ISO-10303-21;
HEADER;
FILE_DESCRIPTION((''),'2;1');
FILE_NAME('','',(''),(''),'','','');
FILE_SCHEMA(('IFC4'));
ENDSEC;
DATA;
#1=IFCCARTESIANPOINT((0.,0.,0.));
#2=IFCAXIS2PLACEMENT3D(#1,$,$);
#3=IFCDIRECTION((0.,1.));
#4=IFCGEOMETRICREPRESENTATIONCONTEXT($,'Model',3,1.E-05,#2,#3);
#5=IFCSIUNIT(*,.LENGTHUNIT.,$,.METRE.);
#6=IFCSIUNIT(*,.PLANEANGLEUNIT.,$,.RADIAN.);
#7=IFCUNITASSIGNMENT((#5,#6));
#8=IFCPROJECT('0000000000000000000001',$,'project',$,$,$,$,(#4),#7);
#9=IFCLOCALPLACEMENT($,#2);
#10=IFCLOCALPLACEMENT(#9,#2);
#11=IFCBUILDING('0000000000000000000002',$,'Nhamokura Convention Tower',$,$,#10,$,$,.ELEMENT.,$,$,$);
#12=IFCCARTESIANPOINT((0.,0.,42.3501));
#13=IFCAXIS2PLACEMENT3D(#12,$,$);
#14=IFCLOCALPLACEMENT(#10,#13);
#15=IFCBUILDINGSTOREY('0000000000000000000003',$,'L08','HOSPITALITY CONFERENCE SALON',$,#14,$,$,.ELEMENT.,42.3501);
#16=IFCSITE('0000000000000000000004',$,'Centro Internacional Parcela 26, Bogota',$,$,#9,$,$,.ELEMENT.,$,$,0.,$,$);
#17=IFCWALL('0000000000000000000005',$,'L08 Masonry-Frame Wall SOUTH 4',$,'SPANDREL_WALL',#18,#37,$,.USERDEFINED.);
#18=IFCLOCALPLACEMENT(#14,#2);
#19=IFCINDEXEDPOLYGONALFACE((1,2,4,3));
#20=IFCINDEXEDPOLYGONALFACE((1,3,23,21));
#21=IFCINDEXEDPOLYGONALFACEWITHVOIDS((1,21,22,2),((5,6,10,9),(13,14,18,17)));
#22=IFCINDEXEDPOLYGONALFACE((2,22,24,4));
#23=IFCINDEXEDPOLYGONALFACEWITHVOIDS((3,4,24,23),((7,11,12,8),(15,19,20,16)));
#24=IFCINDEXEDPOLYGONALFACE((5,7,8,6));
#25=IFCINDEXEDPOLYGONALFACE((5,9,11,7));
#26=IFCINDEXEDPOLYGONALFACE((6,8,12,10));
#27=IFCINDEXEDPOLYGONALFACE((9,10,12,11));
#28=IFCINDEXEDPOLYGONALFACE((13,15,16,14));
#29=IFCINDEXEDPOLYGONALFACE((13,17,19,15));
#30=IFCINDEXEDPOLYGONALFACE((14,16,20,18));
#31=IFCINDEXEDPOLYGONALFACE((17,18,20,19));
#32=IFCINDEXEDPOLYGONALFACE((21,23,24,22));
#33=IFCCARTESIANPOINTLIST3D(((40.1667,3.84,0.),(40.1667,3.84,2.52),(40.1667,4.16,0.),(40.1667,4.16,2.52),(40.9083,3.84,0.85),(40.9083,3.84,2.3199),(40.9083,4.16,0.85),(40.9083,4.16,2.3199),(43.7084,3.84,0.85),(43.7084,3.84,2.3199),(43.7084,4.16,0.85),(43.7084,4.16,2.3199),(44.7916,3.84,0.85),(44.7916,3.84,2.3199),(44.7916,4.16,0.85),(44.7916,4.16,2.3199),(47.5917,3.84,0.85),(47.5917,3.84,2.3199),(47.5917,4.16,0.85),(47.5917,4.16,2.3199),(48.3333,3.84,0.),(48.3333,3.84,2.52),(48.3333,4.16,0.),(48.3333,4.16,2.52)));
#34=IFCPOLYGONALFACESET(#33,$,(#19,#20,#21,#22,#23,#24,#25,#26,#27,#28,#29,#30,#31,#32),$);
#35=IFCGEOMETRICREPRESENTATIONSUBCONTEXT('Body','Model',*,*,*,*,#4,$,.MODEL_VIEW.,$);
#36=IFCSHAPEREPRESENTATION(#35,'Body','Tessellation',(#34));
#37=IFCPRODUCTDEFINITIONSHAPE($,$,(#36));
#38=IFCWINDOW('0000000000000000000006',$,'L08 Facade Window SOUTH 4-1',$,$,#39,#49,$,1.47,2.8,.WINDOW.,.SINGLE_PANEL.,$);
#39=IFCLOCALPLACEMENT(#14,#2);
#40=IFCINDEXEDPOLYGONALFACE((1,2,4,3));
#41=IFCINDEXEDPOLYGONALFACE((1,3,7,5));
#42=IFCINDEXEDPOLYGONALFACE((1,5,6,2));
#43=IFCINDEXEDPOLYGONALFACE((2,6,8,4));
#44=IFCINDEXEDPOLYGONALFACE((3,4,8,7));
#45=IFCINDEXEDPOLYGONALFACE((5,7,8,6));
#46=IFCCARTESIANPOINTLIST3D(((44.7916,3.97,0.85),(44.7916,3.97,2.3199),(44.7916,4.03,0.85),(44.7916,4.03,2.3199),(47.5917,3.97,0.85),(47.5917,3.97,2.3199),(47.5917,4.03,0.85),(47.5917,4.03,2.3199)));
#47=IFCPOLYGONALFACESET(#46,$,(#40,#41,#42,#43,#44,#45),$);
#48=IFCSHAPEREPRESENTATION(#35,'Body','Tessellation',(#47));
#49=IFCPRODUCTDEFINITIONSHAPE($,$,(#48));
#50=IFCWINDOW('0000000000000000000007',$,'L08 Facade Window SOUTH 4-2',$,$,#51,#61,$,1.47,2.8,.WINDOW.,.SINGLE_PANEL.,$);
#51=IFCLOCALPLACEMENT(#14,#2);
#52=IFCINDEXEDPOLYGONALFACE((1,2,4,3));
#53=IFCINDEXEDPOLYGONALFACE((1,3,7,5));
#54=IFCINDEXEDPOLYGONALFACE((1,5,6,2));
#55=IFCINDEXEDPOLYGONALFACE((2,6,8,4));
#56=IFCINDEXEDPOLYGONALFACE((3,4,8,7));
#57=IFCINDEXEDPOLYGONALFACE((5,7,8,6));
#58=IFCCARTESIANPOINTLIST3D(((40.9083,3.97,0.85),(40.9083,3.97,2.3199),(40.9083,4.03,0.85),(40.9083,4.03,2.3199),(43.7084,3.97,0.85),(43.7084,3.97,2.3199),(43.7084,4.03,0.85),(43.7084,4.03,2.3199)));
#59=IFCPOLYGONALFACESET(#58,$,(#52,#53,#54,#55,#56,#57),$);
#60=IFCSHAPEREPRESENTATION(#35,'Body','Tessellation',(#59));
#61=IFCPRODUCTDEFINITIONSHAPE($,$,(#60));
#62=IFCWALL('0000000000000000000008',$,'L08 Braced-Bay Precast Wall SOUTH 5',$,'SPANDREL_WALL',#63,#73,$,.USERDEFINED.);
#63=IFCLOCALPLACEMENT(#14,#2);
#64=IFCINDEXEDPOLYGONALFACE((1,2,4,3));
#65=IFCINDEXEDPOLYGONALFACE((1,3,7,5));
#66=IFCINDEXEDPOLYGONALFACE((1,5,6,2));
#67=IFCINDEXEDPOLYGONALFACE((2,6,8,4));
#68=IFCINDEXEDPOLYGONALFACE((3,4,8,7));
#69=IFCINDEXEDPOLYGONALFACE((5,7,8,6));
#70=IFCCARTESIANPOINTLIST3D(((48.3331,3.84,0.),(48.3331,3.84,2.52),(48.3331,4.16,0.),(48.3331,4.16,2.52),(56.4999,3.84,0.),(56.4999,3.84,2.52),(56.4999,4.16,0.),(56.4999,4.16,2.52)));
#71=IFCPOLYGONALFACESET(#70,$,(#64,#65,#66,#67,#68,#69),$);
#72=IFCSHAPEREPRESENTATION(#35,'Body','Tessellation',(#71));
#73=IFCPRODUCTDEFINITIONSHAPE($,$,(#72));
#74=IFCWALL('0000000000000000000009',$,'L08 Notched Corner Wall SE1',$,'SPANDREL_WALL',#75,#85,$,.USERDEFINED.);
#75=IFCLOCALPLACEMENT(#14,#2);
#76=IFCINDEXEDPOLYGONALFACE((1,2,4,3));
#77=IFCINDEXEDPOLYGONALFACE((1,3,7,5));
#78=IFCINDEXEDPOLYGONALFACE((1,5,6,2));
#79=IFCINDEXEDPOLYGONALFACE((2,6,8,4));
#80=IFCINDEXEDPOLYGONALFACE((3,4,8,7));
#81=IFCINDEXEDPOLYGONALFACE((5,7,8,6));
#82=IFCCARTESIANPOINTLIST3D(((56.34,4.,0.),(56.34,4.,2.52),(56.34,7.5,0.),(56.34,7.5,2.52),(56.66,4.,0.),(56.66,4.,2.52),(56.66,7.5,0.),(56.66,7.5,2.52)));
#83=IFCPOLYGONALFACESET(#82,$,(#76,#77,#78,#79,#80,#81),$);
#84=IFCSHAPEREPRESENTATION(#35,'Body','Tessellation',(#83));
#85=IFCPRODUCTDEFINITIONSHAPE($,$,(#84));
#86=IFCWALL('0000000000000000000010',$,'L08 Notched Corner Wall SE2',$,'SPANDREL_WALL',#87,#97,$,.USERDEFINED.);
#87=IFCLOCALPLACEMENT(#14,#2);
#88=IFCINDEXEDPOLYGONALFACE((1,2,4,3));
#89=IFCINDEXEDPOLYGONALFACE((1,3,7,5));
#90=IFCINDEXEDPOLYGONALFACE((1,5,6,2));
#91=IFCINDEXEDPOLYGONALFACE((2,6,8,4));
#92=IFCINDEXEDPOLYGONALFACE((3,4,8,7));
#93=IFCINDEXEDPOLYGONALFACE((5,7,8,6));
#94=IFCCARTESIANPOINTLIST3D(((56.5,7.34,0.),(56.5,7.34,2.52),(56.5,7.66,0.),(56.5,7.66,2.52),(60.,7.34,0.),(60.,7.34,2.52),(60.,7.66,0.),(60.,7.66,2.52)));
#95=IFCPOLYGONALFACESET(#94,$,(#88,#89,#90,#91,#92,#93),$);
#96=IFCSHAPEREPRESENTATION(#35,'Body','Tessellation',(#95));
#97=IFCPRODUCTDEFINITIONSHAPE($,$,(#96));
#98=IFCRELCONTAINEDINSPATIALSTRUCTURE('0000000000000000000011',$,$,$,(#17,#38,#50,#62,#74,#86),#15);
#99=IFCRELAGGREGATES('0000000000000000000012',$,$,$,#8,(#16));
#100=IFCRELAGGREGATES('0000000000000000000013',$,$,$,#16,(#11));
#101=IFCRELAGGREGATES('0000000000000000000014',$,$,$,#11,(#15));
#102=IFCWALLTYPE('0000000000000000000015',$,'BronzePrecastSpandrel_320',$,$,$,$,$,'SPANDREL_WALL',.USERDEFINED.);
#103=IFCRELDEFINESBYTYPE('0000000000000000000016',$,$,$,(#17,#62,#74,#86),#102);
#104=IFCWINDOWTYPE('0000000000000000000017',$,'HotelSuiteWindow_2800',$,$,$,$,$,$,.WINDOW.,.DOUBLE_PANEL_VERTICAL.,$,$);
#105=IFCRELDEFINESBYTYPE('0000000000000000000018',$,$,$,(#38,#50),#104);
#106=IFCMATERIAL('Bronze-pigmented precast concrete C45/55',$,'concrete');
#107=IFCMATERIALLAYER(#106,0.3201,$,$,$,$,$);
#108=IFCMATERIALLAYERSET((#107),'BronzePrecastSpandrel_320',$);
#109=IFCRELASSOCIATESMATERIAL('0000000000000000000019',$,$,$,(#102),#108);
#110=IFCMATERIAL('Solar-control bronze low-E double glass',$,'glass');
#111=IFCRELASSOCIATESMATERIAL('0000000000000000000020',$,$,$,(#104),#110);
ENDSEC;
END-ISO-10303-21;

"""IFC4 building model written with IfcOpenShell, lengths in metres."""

from ifc_helpers import new_model, si_unit, direction, frame, frame_2d, origin, place, context, subcontext, project, spatial, rectangle, extrude, material, layer, layer_set, type_object, element, fill, save


model = new_model("IFC4")

# Units and contexts
model_context = context("Model", 3, precision=1e-05, world=origin(), true_north=direction((0.0, 1.0)))
body_context = subcontext(model_context, "Body", "Model", "MODEL_VIEW")
ifc_project = project(units=[si_unit("LENGTHUNIT", "METRE"), si_unit("PLANEANGLEUNIT", "RADIAN")], contexts=[model_context])

# Site, building, storey
site_placement = place(None, origin())
site = spatial("IfcSite", under=ifc_project, at=site_placement, Name="Centro Internacional Parcela 26, Bogota", CompositionType="ELEMENT", RefElevation=0.0)
building_placement = place(site_placement, origin())
building = spatial("IfcBuilding", under=site, at=building_placement, Name="Nhamokura Convention Tower", CompositionType="ELEMENT")
storey_placement = place(building_placement, frame((0.0, 0.0, 42.3501)))
storey = spatial("IfcBuildingStorey", under=building, at=storey_placement, Name="L08", Description="HOSPITALITY CONFERENCE SALON", CompositionType="ELEMENT", Elevation=42.3501)

# Wall, openings, windows
ifc_material_1 = material(Name="Bronze-pigmented precast concrete C45/55", Category="concrete")
ifc_layer = layer(ifc_material_1, 0.3201)
ifc_layer_set = layer_set([ifc_layer], Name="BronzePrecastSpandrel_320")
wall_type = type_object("IfcWallType", Name="BronzePrecastSpandrel_320", ElementType="SPANDREL_WALL", PredefinedType="USERDEFINED", material=ifc_layer_set)
wall_1_placement = place(storey_placement, frame((48.3333, 4.0, 0.0), z_axis=(0.0, 0.0, 1.0), x_axis=(-1.0, 0.0, 0.0)))
wall_1 = element("IfcWall", 1, at=wall_1_placement, inside=storey, type_object=wall_type, Name="L08 Masonry-Frame Wall SOUTH 4", ObjectType="SPANDREL_WALL", PredefinedType="USERDEFINED", context=body_context, shape_type="SweptSolid", body=[
    extrude(rectangle(XDim=8.1665, YDim=0.3201, at=frame_2d((4.0833, 0.0))), origin(), (0.0, 0.0, 1.0), 2.52),
])
opening_1_placement = place(wall_1_placement, frame((0.7417, 0.0, 0.8501)))
opening_1 = element("IfcOpeningElement", 2, at=opening_1_placement, cuts=wall_1, PredefinedType="OPENING", context=body_context, shape_type="SweptSolid", body=[
    extrude(rectangle(XDim=2.8, YDim=1.47, at=frame_2d((1.3999, 0.7349))), frame((0.0, 0.1699, 0.0), z_axis=(0.0, -1.0, 0.0), x_axis=(1.0, 0.0, 0.0)), (0.0, 0.0, 1.0), 0.3401),
])
opening_2_placement = place(wall_1_placement, frame((4.625, 0.0, 0.8501)))
opening_2 = element("IfcOpeningElement", 3, at=opening_2_placement, cuts=wall_1, PredefinedType="OPENING", context=body_context, shape_type="SweptSolid", body=[
    extrude(rectangle(XDim=2.8, YDim=1.47, at=frame_2d((1.3999, 0.7349))), frame((0.0, 0.1699, 0.0), z_axis=(0.0, -1.0, 0.0), x_axis=(1.0, 0.0, 0.0)), (0.0, 0.0, 1.0), 0.3401),
])
ifc_material_2 = material(Name="Solar-control bronze low-E double glass", Category="glass")
window_type = type_object("IfcWindowType", Name="HotelSuiteWindow_2800", PartitioningType="DOUBLE_PANEL_VERTICAL", PredefinedType="WINDOW", material=ifc_material_2)
window_1_placement = place(opening_1_placement, origin())
window_1 = element("IfcWindow", 4, at=window_1_placement, inside=storey, type_object=window_type, Name="L08 Facade Window SOUTH 4-1", OverallHeight=1.47, OverallWidth=2.8, PartitioningType="SINGLE_PANEL", PredefinedType="WINDOW", context=body_context, shape_type="SweptSolid", body=[
    extrude(rectangle(XDim=2.8, YDim=1.47, at=frame_2d((1.3999, 0.7349))), frame((0.0, 0.03, 0.0), z_axis=(0.0, -1.0, 0.0), x_axis=(1.0, 0.0, 0.0)), (0.0, 0.0, 1.0), 0.0601),
])
fill(opening_1, window_1)
window_2_placement = place(opening_2_placement, origin())
window_2 = element("IfcWindow", 5, at=window_2_placement, inside=storey, type_object=window_type, Name="L08 Facade Window SOUTH 4-2", OverallHeight=1.47, OverallWidth=2.8, PartitioningType="SINGLE_PANEL", PredefinedType="WINDOW", context=body_context, shape_type="SweptSolid", body=[
    extrude(rectangle(XDim=2.8, YDim=1.47, at=frame_2d((1.3999, 0.7349))), frame((0.0, 0.03, 0.0), z_axis=(0.0, -1.0, 0.0), x_axis=(1.0, 0.0, 0.0)), (0.0, 0.0, 1.0), 0.0601),
])
fill(opening_2, window_2)

# Walls
wall_2_placement = place(storey_placement, frame((56.5, 4.0, 0.0), z_axis=(0.0, 0.0, 1.0), x_axis=(-1.0, 0.0, 0.0)))
element("IfcWall", 6, at=wall_2_placement, inside=storey, type_object=wall_type, Name="L08 Braced-Bay Precast Wall SOUTH 5", ObjectType="SPANDREL_WALL", PredefinedType="USERDEFINED", context=body_context, shape_type="SweptSolid", body=[
    extrude(rectangle(XDim=8.1667, YDim=0.3201, at=frame_2d((4.0835, 0.0))), origin(), (0.0, 0.0, 1.0), 2.52),
])
for number, where, z_axis, x_axis, name in (
    (7, (56.5, 7.5, 0.0), (0.0, 0.0, 1.0), (0.0, -1.0, 0.0), "L08 Notched Corner Wall SE1"),
    (8, (60.0, 7.5, 0.0), (0.0, 0.0, 1.0), (-1.0, 0.0, 0.0), "L08 Notched Corner Wall SE2"),
):
    element("IfcWall", number, at=place(storey_placement, frame(where, z_axis=z_axis, x_axis=x_axis)), inside=storey, type_object=wall_type, Name=name, ObjectType="SPANDREL_WALL", PredefinedType="USERDEFINED", context=body_context, shape_type="SweptSolid", body=[
        extrude(rectangle(XDim=3.5, YDim=0.3201, at=frame_2d((1.75, 0.0))), origin(), (0.0, 0.0, 1.0), 2.52),
    ])

save(model, "model.ifc")
